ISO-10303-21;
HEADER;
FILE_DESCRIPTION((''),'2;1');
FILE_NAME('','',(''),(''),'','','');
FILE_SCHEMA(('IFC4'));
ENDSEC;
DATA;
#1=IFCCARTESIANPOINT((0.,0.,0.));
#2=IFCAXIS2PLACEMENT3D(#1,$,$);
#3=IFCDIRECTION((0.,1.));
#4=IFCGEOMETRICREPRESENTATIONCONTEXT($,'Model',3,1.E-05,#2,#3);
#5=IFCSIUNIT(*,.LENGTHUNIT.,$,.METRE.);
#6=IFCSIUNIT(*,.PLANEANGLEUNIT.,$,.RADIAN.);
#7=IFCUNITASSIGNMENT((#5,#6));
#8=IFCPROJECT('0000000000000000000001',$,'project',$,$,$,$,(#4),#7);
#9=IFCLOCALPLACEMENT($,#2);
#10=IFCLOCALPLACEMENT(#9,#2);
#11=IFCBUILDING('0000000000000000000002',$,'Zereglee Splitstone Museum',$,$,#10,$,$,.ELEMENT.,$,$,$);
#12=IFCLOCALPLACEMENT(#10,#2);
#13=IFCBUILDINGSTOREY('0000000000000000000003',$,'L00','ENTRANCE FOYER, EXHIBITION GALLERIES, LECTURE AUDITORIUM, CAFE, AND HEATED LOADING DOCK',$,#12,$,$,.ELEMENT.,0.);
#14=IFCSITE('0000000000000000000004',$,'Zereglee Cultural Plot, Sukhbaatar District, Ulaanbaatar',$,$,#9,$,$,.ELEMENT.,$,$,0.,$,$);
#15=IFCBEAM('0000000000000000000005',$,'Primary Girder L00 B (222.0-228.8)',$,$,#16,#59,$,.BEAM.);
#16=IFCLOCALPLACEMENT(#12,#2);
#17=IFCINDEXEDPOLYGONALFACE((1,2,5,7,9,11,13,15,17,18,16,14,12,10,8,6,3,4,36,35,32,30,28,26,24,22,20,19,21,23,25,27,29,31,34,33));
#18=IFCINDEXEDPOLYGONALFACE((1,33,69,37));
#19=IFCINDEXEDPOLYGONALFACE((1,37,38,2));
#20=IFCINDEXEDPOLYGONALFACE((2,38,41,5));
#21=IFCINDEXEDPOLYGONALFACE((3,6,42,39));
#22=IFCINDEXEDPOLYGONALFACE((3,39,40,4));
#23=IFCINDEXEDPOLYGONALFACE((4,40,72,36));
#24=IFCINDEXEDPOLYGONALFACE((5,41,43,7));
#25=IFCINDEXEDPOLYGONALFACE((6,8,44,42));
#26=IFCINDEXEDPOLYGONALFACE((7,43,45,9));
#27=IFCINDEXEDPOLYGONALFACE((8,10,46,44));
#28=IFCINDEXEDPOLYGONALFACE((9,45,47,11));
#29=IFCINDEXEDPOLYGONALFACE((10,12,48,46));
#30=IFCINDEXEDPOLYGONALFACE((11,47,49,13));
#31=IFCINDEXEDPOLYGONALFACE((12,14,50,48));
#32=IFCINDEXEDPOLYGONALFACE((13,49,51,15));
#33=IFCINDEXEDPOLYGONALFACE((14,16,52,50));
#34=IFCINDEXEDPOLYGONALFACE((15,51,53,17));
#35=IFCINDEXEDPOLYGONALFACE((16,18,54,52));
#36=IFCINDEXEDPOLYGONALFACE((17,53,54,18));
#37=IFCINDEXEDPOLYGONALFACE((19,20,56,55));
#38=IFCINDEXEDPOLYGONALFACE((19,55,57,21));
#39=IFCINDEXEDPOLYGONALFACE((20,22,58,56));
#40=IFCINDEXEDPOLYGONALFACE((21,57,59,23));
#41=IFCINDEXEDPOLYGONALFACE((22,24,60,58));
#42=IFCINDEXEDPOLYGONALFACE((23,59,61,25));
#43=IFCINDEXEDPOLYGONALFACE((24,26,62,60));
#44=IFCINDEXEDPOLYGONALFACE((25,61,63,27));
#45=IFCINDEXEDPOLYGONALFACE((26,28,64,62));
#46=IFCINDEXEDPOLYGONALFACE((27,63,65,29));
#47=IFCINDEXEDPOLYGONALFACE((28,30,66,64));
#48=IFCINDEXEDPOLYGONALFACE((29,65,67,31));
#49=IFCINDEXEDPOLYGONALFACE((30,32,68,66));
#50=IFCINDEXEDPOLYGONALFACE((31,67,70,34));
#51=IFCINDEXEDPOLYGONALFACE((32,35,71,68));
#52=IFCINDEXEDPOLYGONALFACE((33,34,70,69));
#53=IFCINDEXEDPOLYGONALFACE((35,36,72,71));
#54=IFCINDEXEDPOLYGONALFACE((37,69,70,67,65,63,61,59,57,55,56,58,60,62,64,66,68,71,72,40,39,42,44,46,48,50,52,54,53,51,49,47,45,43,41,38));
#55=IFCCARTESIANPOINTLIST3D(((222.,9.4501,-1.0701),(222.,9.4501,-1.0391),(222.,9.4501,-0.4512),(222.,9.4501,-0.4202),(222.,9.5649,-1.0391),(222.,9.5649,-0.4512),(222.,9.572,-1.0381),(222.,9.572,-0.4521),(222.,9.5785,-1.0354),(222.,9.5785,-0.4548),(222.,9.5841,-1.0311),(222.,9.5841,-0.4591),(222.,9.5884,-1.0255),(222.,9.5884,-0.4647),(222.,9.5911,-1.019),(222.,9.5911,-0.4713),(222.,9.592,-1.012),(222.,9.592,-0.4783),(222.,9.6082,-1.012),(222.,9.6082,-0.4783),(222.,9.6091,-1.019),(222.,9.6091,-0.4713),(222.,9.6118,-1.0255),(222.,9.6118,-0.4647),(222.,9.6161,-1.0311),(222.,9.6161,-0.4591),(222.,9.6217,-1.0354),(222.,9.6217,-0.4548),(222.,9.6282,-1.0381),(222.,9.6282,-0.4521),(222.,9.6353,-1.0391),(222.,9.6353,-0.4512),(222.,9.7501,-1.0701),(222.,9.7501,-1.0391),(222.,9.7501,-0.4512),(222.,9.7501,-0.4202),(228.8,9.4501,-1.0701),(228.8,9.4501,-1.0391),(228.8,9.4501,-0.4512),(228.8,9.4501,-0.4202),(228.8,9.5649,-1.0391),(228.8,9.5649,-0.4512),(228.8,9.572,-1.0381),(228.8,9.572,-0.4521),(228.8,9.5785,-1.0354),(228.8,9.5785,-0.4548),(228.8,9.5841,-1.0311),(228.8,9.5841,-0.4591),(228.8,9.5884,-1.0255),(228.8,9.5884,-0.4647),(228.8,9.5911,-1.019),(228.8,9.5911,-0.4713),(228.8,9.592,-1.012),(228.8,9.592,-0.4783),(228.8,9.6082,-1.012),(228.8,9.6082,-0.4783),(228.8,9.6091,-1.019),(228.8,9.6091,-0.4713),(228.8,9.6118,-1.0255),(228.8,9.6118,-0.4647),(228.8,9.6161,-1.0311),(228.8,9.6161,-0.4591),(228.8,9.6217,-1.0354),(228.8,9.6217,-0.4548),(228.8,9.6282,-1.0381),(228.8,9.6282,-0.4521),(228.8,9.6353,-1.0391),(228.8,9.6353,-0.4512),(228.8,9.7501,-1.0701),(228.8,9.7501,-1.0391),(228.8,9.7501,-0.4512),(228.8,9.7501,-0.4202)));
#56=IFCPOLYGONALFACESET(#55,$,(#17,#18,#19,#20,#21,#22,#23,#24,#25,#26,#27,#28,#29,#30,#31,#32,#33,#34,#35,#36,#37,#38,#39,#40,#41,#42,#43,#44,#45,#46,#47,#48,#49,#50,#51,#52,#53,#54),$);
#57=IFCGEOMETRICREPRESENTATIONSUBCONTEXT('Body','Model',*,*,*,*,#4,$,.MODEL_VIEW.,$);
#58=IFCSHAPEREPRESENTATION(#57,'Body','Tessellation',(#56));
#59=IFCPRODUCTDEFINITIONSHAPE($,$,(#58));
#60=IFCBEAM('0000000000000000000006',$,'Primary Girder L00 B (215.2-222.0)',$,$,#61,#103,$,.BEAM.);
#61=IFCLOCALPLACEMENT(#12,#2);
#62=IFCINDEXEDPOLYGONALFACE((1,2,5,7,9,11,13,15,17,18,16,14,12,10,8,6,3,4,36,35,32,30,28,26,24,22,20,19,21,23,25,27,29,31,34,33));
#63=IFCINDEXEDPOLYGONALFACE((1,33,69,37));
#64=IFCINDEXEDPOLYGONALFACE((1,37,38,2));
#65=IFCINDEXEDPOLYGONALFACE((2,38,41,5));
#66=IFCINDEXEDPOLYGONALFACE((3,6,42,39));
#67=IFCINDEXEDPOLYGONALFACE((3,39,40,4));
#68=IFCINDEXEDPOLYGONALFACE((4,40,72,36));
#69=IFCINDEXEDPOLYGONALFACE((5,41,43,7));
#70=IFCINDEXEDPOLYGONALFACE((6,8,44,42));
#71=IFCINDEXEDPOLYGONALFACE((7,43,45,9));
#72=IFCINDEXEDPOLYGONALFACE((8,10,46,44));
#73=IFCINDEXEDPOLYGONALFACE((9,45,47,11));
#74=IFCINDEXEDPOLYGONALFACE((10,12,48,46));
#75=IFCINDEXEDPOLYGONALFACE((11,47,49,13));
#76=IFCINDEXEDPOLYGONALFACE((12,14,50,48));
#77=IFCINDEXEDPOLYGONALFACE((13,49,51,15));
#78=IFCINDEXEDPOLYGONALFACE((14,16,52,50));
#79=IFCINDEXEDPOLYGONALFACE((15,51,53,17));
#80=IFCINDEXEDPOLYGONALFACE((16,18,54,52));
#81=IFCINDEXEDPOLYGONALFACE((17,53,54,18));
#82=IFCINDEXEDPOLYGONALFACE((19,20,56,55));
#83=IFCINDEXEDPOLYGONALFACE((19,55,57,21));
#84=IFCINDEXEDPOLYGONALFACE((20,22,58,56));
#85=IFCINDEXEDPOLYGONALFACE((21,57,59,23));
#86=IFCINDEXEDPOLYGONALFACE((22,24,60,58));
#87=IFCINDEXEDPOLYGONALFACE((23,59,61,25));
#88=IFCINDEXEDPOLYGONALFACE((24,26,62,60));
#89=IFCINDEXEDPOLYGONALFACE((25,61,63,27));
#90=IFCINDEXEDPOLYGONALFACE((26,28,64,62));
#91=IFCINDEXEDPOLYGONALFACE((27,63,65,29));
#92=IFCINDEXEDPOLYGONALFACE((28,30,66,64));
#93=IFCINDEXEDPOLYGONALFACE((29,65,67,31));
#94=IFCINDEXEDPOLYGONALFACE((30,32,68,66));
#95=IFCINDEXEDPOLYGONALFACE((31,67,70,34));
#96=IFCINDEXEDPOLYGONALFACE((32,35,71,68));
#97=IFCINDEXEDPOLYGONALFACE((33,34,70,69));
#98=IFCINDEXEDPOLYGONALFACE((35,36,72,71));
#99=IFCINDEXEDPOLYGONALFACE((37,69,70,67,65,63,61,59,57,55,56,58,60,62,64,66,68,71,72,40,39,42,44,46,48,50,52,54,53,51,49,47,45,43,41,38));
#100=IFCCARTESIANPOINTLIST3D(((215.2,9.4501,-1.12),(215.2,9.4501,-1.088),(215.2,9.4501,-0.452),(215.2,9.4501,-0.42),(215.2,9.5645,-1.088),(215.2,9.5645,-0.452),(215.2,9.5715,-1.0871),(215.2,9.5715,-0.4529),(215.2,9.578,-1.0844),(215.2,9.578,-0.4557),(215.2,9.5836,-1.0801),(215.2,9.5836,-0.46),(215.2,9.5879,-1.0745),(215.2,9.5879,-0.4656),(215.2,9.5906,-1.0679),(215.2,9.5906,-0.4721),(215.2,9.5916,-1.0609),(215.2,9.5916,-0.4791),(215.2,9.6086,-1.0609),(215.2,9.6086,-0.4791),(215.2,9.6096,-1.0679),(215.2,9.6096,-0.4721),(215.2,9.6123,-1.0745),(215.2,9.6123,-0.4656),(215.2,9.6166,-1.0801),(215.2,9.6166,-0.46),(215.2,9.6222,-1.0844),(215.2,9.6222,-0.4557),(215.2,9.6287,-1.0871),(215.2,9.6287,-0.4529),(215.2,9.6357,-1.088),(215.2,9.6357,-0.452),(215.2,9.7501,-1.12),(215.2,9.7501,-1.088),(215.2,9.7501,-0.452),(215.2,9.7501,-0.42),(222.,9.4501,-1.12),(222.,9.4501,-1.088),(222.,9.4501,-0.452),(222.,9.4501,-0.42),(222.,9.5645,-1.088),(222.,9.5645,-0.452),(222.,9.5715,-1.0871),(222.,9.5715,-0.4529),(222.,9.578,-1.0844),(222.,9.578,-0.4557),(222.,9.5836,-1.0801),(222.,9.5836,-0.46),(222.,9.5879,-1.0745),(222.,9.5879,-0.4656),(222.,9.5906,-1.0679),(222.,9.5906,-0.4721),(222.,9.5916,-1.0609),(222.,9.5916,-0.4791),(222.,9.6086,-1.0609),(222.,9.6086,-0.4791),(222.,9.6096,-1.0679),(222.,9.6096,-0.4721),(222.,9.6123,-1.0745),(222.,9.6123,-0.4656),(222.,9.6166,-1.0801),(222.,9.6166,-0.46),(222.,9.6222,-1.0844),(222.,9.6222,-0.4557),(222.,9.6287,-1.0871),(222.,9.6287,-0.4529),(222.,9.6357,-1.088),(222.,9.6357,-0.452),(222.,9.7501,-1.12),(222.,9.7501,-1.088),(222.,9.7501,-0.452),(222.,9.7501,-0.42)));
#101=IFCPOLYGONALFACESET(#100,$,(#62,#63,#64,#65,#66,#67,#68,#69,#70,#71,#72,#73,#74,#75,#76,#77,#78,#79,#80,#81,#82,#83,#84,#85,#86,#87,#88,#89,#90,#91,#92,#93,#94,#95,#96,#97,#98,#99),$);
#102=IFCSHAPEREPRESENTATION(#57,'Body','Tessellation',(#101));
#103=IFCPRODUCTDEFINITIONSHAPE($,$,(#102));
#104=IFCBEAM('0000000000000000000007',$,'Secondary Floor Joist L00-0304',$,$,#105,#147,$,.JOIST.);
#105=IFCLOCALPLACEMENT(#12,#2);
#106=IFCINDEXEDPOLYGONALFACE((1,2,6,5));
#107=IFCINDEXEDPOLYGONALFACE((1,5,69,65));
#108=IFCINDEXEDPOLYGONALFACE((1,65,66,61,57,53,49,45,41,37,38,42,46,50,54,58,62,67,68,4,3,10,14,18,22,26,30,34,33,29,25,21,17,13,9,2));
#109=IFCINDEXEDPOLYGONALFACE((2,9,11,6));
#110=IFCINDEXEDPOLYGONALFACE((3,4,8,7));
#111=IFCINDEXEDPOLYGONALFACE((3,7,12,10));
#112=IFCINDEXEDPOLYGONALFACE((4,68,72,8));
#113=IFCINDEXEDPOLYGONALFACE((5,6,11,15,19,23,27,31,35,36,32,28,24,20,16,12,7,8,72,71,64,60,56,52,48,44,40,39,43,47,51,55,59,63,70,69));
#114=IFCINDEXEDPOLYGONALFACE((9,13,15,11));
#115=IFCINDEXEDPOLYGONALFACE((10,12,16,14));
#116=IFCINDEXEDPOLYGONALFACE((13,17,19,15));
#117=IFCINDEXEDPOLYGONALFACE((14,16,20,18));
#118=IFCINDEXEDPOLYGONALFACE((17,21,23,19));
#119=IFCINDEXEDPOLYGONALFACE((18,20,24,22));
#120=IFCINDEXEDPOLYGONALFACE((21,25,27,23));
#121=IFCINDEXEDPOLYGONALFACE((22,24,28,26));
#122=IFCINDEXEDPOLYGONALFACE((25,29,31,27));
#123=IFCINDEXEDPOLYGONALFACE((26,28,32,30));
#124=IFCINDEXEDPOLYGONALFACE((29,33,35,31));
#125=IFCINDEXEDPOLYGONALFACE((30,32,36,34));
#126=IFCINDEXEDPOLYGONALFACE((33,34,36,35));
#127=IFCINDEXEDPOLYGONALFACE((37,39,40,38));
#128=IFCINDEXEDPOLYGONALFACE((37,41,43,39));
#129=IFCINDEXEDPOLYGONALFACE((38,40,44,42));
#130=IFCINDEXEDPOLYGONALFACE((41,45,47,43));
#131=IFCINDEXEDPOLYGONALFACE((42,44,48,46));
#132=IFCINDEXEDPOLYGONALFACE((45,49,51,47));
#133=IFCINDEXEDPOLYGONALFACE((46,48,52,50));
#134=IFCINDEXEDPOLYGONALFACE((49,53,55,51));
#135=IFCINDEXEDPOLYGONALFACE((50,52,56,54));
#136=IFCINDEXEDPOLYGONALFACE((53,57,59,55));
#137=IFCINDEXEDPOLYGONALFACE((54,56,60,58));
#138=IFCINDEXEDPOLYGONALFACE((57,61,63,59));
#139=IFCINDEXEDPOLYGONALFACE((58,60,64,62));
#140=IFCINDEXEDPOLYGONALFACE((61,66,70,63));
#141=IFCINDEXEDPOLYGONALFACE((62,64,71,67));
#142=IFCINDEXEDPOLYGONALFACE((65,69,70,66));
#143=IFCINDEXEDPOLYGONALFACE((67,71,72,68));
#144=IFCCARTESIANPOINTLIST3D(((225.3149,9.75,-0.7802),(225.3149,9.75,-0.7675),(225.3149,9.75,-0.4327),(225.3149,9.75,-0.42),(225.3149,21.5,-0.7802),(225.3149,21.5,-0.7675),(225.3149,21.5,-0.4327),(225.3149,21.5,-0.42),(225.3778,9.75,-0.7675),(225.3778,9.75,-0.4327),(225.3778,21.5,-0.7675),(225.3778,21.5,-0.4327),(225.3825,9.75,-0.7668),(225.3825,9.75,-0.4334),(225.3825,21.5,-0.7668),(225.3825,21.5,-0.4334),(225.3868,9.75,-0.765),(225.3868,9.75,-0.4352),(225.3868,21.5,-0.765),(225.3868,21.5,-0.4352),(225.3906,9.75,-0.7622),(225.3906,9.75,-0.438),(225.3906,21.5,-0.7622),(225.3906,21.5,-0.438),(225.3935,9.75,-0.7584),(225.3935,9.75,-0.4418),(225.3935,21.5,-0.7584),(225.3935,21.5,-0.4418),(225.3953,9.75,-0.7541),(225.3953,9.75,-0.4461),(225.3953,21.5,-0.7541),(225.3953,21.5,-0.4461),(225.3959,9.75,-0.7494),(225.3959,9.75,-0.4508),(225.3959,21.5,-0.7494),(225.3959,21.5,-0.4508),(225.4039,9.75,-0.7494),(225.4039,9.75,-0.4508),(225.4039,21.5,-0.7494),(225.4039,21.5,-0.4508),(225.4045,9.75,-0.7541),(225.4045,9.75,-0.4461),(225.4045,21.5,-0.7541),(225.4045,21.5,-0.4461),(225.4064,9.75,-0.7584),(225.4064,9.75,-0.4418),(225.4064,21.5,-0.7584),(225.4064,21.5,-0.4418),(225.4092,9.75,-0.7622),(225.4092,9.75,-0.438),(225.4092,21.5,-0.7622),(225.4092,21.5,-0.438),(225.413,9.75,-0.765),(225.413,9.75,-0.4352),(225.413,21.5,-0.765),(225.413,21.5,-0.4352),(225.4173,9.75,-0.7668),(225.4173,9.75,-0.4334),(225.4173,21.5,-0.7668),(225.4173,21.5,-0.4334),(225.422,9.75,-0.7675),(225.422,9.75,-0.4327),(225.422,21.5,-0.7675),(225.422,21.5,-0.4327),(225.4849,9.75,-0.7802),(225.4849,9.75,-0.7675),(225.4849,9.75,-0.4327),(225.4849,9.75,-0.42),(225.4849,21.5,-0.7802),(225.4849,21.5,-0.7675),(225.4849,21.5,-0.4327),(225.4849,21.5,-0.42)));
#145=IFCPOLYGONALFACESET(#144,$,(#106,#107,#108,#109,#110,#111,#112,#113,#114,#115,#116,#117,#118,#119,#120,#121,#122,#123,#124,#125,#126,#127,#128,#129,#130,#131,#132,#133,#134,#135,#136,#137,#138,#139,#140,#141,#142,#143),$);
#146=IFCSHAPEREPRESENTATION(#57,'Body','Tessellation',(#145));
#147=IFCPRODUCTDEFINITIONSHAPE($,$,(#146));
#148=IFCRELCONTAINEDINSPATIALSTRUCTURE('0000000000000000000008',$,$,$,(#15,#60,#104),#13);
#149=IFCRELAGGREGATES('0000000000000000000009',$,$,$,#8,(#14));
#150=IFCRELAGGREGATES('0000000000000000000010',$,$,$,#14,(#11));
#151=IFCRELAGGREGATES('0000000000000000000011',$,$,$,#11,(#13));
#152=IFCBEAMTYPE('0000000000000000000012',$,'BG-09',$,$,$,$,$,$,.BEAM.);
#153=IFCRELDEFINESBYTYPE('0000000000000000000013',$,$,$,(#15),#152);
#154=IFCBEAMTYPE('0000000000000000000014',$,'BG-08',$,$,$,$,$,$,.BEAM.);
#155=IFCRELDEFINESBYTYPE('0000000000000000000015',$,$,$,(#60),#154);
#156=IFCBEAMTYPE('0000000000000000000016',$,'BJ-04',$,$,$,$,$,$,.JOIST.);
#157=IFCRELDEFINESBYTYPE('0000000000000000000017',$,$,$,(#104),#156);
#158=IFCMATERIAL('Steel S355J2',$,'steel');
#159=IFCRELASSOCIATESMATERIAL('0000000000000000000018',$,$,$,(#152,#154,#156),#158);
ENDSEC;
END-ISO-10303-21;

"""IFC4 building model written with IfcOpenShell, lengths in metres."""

from ifc_helpers import new_model, si_unit, direction, frame, origin, origin_2d, place, context, subcontext, project, spatial, i_section, extrude, material, material_profile, profile_set, type_object, element, save


model = new_model("IFC4")

# Units and contexts
model_context = context("Model", 3, precision=1e-05, world=origin(), true_north=direction((0.0, 1.0)))
body_context = subcontext(model_context, "Body", "Model", "MODEL_VIEW")
ifc_project = project(units=[si_unit("LENGTHUNIT", "METRE"), si_unit("PLANEANGLEUNIT", "RADIAN")], contexts=[model_context])

# Site, building, storey
site_placement = place(None, origin())
site = spatial("IfcSite", under=ifc_project, at=site_placement, Name="Zereglee Cultural Plot, Sukhbaatar District, Ulaanbaatar", CompositionType="ELEMENT", RefElevation=0.0)
building_placement = place(site_placement, origin())
building = spatial("IfcBuilding", under=site, at=building_placement, Name="Zereglee Splitstone Museum", CompositionType="ELEMENT")
storey_placement = place(building_placement, origin())
storey = spatial("IfcBuildingStorey", under=building, at=storey_placement, Name="L00", Description="ENTRANCE FOYER, EXHIBITION GALLERIES, LECTURE AUDITORIUM, CAFE, AND HEATED LOADING DOCK", CompositionType="ELEMENT", Elevation=0.0)

# Beams
ifc_material_1 = material(Name="Steel S355J2", Category="steel")
ifc_material_profile_1 = material_profile(ifc_material_1, i_section(OverallWidth=0.3, OverallDepth=0.6499, WebThickness=0.0161, FlangeThickness=0.031, FilletRadius=0.0271, at=origin_2d()), Name="HE 650 B")
ifc_profile_set_1 = profile_set([ifc_material_profile_1], Name="Steel S355J2")
beam_type_1 = type_object("IfcBeamType", Name="BG-09", PredefinedType="BEAM", material=ifc_profile_set_1)
beam_1_placement = place(storey_placement, frame((222.0, 9.6001, -0.7451), z_axis=(1.0, 0.0, 0.0), x_axis=(0.0, 1.0, 0.0)))
element("IfcBeam", 1, at=beam_1_placement, inside=storey, type_object=beam_type_1, Name="Primary Girder L00 B (222.0-228.8)", PredefinedType="BEAM", context=body_context, shape_type="SweptSolid", body=[
    extrude(i_section(OverallWidth=0.3, OverallDepth=0.6499, WebThickness=0.0161, FlangeThickness=0.031, FilletRadius=0.0271, at=origin_2d()), origin(), (0.0, 0.0, 1.0), 6.8),
])
ifc_material_profile_2 = material_profile(ifc_material_1, i_section(OverallWidth=0.3, OverallDepth=0.7, WebThickness=0.0171, FlangeThickness=0.032, FilletRadius=0.0271, at=origin_2d()), Name="HE 700 B")
ifc_profile_set_2 = profile_set([ifc_material_profile_2], Name="Steel S355J2")
beam_type_2 = type_object("IfcBeamType", Name="BG-08", PredefinedType="BEAM", material=ifc_profile_set_2)
beam_2_placement = place(storey_placement, frame((215.2, 9.6001, -0.77), z_axis=(1.0, 0.0, 0.0), x_axis=(0.0, 1.0, 0.0)))
element("IfcBeam", 2, at=beam_2_placement, inside=storey, type_object=beam_type_2, Name="Primary Girder L00 B (215.2-222.0)", PredefinedType="BEAM", context=body_context, shape_type="SweptSolid", body=[
    extrude(i_section(OverallWidth=0.3, OverallDepth=0.7, WebThickness=0.0171, FlangeThickness=0.032, FilletRadius=0.0271, at=origin_2d()), origin(), (0.0, 0.0, 1.0), 6.8),
])
ifc_material_profile_3 = material_profile(ifc_material_1, i_section(OverallWidth=0.1699, OverallDepth=0.3601, WebThickness=0.0081, FlangeThickness=0.0127, FilletRadius=0.0181, at=origin_2d()), Name="IPE 360")
ifc_profile_set_3 = profile_set([ifc_material_profile_3], Name="Steel S355J2")
beam_type_3 = type_object("IfcBeamType", Name="BJ-04", PredefinedType="JOIST", material=ifc_profile_set_3)
beam_3_placement = place(storey_placement, frame((225.3999, 9.75, -0.6001), z_axis=(0.0, 1.0, 0.0), x_axis=(-1.0, 0.0, 0.0)))
element("IfcBeam", 3, at=beam_3_placement, inside=storey, type_object=beam_type_3, Name="Secondary Floor Joist L00-0304", PredefinedType="JOIST", context=body_context, shape_type="SweptSolid", body=[
    extrude(i_section(OverallWidth=0.1699, OverallDepth=0.3601, WebThickness=0.0081, FlangeThickness=0.0127, FilletRadius=0.0181, at=origin_2d()), origin(), (0.0, 0.0, 1.0), 11.75),
])

save(model, "model.ifc")
